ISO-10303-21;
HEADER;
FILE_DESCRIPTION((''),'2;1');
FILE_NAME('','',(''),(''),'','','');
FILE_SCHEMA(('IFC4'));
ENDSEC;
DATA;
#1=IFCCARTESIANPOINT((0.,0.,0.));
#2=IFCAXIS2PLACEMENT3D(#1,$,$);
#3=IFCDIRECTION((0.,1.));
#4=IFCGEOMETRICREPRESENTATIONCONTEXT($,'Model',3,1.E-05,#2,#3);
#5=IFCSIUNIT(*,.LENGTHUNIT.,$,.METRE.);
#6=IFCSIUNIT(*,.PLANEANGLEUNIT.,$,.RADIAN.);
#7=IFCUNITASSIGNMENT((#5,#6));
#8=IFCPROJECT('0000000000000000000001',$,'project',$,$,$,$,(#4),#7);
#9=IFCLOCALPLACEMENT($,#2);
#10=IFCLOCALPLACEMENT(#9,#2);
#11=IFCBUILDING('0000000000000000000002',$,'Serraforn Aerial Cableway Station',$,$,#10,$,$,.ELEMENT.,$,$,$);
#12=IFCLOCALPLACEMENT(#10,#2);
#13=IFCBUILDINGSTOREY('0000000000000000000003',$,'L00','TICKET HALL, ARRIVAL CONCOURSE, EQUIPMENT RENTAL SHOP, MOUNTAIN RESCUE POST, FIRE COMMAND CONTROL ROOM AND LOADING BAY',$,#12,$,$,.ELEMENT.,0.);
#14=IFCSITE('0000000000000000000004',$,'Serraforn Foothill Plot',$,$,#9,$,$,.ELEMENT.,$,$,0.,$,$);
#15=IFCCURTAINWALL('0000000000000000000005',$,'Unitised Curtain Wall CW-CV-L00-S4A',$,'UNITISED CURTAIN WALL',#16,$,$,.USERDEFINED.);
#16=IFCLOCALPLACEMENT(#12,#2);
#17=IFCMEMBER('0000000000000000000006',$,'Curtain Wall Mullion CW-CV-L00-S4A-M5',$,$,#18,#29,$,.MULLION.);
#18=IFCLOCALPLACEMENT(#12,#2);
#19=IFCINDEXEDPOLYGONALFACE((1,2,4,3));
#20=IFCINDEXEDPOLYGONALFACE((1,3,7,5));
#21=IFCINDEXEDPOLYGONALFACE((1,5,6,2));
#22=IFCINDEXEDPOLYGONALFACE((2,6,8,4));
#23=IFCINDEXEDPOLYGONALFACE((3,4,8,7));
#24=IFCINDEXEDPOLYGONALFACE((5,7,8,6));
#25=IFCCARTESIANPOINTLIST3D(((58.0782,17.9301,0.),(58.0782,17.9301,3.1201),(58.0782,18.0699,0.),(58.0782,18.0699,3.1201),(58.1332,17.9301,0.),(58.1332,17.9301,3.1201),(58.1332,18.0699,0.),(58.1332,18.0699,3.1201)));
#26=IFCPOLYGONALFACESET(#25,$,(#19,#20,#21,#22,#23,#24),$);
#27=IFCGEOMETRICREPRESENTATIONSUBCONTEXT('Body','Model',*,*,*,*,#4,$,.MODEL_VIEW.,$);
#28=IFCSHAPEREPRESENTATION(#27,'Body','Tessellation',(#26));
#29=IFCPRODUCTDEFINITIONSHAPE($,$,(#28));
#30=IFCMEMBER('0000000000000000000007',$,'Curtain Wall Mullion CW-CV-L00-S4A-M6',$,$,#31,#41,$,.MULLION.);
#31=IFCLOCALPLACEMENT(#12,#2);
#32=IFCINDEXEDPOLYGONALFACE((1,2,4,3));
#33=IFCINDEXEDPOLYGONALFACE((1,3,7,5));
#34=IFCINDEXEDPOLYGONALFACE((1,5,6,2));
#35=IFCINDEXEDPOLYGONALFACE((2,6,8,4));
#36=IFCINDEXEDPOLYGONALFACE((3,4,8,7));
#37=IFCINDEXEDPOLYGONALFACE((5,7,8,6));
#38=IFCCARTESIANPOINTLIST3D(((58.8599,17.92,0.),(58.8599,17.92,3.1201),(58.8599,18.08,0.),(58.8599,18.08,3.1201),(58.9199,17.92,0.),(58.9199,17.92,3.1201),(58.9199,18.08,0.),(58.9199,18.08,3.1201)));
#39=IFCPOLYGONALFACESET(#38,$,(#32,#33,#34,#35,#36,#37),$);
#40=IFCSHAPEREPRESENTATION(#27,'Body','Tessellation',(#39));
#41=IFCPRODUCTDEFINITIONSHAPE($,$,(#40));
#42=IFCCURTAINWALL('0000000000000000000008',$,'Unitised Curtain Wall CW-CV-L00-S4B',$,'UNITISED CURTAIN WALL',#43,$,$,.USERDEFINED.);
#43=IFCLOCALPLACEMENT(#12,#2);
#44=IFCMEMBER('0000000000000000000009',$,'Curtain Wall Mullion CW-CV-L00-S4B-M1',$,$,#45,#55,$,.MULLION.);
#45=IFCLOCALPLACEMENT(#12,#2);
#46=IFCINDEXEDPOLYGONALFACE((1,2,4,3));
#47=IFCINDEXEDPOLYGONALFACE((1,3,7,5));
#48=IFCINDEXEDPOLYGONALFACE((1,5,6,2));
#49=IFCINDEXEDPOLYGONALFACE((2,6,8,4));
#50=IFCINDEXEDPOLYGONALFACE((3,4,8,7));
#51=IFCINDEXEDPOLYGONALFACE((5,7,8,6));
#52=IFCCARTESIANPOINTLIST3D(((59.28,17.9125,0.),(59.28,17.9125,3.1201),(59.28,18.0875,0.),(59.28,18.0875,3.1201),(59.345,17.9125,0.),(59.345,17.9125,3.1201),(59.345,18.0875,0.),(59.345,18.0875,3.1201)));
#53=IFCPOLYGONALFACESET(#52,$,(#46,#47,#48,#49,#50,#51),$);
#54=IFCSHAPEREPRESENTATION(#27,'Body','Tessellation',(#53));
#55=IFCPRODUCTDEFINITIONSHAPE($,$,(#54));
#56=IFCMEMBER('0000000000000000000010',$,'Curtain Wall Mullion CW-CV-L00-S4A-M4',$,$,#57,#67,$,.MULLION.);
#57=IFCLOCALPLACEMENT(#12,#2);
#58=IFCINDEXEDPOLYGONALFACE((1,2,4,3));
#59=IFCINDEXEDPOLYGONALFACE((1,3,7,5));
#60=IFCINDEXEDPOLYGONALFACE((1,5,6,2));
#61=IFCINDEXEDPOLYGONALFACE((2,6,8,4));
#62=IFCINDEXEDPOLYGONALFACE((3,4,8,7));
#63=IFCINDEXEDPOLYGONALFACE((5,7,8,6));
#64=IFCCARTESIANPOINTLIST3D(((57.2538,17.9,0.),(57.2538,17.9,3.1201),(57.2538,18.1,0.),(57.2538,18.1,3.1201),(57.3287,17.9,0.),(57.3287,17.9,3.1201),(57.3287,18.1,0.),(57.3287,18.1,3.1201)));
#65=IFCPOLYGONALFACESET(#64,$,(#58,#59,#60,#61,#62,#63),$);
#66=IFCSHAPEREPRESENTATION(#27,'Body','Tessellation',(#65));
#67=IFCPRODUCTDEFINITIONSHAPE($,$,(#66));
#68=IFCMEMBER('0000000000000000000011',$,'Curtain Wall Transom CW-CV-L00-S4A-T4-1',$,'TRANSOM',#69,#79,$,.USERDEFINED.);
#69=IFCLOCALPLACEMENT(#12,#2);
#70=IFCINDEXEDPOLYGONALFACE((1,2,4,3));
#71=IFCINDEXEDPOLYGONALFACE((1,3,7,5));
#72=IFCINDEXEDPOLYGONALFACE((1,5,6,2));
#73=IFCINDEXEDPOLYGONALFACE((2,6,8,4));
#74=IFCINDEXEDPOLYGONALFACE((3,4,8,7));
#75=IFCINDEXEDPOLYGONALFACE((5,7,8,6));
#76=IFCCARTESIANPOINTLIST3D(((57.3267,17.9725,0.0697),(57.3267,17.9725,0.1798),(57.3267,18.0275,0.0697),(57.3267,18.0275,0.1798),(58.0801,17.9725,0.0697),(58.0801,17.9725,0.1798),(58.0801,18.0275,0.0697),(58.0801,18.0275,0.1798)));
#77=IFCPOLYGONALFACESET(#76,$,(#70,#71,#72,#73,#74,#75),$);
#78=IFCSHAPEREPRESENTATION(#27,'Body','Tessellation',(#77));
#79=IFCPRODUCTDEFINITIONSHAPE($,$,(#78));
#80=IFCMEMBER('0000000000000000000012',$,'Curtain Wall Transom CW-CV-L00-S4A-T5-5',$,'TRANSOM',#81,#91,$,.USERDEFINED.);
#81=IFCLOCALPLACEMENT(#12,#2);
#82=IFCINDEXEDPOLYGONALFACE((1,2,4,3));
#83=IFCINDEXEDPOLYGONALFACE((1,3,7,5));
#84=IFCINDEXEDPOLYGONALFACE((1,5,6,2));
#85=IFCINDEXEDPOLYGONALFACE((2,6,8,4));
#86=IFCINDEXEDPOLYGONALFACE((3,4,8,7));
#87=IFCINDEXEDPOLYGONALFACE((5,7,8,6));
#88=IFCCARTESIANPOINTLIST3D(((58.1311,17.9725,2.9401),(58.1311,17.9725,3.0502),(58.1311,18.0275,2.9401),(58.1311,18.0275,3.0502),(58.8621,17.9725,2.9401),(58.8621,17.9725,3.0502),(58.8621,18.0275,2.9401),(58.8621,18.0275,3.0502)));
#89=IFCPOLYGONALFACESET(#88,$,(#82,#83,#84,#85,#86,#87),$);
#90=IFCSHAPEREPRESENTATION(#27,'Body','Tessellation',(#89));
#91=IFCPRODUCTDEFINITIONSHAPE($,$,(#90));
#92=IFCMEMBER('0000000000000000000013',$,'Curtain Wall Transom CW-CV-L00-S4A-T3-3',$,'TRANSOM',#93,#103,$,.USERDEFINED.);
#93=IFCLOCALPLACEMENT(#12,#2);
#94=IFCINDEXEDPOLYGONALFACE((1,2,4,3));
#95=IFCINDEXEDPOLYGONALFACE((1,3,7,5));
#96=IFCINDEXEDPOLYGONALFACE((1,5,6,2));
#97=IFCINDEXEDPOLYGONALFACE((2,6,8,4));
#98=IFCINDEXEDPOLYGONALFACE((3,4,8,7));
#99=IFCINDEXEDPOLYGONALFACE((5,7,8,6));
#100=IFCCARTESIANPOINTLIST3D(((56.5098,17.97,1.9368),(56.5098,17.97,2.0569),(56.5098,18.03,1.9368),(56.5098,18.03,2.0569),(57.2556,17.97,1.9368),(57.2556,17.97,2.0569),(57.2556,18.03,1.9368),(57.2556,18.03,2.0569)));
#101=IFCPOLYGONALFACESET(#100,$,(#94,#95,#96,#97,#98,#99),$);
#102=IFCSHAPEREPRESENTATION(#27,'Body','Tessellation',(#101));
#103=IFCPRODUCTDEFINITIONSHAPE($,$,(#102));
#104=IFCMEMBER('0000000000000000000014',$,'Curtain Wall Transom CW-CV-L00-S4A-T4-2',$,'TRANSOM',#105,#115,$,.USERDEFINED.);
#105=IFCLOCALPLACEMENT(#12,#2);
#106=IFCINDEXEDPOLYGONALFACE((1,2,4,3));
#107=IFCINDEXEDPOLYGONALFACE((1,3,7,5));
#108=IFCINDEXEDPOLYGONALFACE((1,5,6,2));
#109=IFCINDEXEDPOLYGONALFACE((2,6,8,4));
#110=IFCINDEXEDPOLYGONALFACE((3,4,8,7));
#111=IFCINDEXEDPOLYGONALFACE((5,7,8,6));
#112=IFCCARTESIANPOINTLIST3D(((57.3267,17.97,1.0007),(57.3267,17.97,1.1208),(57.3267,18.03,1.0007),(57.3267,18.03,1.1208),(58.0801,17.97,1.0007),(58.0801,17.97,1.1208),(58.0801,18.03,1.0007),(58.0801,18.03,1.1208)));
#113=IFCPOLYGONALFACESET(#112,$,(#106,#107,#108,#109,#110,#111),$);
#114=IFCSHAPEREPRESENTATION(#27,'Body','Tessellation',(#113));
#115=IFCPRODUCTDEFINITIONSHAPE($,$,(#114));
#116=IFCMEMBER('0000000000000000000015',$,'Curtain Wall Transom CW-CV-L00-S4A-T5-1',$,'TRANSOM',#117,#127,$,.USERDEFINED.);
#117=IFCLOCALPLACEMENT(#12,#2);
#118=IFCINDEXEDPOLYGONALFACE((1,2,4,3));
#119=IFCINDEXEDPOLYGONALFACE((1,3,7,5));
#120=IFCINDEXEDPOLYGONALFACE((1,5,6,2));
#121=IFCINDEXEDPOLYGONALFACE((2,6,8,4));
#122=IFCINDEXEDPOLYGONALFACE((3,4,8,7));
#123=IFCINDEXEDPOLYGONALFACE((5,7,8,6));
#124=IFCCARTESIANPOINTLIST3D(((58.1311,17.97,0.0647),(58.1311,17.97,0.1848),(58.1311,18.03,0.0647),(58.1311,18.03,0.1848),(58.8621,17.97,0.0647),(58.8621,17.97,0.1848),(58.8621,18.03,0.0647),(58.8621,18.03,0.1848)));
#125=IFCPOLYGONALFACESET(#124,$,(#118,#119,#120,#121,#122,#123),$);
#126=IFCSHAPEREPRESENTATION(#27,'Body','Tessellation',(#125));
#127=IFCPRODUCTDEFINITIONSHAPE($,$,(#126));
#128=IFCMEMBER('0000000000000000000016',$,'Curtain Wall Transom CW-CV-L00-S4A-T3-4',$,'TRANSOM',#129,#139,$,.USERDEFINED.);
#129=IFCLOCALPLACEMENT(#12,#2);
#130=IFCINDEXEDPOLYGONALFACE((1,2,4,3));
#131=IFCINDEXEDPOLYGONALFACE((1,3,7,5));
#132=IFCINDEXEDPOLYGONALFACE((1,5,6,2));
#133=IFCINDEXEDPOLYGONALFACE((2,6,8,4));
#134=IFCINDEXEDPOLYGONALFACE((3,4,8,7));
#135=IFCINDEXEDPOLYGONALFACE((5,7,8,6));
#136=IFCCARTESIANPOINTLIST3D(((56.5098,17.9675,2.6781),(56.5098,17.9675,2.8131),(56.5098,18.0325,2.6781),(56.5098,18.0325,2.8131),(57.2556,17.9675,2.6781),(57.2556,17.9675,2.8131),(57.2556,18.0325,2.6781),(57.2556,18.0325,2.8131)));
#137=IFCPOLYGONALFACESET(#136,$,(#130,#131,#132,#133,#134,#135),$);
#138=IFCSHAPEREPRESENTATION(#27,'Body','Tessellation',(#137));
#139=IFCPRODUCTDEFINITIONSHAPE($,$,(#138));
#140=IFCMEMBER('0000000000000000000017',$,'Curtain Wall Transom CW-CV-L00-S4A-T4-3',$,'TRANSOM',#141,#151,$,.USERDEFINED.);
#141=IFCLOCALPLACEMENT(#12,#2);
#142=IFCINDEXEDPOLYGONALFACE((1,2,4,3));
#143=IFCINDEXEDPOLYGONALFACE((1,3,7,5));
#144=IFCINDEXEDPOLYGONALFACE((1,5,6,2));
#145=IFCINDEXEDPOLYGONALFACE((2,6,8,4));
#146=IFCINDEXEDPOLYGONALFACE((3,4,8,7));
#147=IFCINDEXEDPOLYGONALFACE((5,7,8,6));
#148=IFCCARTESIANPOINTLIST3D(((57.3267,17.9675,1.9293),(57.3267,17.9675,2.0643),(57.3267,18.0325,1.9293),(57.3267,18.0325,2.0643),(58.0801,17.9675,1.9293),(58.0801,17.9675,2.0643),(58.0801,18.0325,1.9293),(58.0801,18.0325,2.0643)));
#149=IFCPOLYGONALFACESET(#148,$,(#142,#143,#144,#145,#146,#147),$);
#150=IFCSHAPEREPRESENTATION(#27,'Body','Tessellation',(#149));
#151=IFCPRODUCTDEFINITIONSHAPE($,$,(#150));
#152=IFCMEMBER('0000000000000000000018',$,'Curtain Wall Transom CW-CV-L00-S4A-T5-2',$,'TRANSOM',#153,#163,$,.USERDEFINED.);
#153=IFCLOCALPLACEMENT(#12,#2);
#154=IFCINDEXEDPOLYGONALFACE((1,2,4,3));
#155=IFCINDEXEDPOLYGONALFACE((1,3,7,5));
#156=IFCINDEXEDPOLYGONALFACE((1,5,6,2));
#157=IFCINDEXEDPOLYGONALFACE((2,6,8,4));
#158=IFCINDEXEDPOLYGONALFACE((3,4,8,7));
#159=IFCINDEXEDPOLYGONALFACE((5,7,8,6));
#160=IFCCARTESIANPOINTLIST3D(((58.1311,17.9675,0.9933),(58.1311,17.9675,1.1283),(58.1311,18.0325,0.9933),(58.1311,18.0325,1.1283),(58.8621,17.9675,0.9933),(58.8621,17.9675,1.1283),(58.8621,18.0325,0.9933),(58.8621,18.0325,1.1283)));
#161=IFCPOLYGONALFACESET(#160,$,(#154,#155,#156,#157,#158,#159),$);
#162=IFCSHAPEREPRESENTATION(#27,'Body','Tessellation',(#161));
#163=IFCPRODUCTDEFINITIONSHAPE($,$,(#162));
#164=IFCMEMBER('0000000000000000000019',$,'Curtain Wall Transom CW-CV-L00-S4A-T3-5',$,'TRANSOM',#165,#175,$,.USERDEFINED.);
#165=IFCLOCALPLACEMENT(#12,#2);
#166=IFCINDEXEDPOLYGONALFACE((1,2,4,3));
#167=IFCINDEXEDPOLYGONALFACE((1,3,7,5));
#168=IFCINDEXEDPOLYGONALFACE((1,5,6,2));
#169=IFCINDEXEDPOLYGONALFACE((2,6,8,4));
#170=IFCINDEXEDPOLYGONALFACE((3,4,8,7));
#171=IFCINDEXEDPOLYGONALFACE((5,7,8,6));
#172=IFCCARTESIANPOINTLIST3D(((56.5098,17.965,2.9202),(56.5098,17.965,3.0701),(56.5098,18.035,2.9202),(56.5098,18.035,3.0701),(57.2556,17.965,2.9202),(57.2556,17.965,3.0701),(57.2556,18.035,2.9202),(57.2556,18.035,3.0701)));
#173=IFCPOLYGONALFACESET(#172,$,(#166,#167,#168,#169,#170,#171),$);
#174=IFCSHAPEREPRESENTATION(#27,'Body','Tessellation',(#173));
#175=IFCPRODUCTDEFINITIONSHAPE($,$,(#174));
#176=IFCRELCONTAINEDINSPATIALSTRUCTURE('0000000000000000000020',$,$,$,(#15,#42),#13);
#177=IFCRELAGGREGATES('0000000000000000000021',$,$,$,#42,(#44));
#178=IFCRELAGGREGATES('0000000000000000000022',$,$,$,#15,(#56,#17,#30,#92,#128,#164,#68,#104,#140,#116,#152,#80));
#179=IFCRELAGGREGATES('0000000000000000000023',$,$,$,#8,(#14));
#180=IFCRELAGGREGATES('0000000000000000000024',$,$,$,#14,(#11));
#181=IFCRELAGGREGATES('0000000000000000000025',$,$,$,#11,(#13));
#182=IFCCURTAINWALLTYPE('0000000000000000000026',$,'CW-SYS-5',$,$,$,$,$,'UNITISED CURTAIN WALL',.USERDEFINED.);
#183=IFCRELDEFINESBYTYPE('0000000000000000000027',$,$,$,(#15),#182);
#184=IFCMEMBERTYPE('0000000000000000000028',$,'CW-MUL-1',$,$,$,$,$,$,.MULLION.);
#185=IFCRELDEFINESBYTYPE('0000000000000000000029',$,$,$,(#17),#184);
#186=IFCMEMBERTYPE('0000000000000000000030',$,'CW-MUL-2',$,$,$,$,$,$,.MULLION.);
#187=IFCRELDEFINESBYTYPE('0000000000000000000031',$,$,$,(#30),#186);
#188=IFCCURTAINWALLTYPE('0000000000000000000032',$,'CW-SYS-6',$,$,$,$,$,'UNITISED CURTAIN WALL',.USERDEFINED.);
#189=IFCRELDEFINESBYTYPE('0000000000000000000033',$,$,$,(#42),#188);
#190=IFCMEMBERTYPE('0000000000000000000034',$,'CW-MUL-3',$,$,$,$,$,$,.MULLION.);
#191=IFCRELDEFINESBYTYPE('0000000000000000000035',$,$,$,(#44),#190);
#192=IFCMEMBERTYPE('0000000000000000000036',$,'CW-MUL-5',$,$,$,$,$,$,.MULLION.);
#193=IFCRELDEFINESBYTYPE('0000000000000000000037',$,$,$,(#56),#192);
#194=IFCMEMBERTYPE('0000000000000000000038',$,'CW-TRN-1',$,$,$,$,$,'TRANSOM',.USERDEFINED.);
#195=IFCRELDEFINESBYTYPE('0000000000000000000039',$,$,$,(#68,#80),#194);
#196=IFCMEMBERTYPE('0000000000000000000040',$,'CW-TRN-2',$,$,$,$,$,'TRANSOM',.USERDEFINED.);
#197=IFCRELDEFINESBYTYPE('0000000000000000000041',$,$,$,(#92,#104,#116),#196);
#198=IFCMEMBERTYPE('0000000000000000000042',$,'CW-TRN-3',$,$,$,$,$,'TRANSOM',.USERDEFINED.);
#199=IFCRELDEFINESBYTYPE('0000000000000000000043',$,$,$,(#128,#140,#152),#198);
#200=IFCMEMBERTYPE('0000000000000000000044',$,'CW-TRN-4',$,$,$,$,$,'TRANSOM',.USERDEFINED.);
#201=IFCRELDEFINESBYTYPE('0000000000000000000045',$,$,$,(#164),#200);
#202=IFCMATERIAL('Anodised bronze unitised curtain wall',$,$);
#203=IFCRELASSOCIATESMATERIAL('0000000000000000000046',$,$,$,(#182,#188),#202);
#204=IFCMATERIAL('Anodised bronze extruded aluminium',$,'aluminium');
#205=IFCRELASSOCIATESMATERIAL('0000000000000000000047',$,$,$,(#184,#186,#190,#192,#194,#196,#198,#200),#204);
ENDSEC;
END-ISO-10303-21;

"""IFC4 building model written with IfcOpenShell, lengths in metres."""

from ifc_helpers import new_model, si_unit, direction, frame, origin, origin_2d, place, context, subcontext, project, spatial, rectangle, extrude, material, material_profile, profile_set, type_object, element, aggregate, save


model = new_model("IFC4")

# Units and contexts
model_context = context("Model", 3, precision=1e-05, world=origin(), true_north=direction((0.0, 1.0)))
body_context = subcontext(model_context, "Body", "Model", "MODEL_VIEW")
ifc_project = project(units=[si_unit("LENGTHUNIT", "METRE"), si_unit("PLANEANGLEUNIT", "RADIAN")], contexts=[model_context])

# Site, building, storey
site_placement = place(None, origin())
site = spatial("IfcSite", under=ifc_project, at=site_placement, Name="Serraforn Foothill Plot", CompositionType="ELEMENT", RefElevation=0.0)
building_placement = place(site_placement, origin())
building = spatial("IfcBuilding", under=site, at=building_placement, Name="Serraforn Aerial Cableway Station", CompositionType="ELEMENT")
storey_placement = place(building_placement, origin())
storey = spatial("IfcBuildingStorey", under=building, at=storey_placement, Name="L00", Description="TICKET HALL, ARRIVAL CONCOURSE, EQUIPMENT RENTAL SHOP, MOUNTAIN RESCUE POST, FIRE COMMAND CONTROL ROOM AND LOADING BAY", CompositionType="ELEMENT", Elevation=0.0)

# Curtain wall, members
ifc_material_1 = material(Name="Anodised bronze unitised curtain wall")
curtain_wall_type_1 = type_object("IfcCurtainWallType", Name="CW-SYS-5", ElementType="UNITISED CURTAIN WALL", PredefinedType="USERDEFINED", material=ifc_material_1)
curtain_wall_1_placement = place(storey_placement, origin())
curtain_wall_1 = element("IfcCurtainWall", 1, at=curtain_wall_1_placement, inside=storey, type_object=curtain_wall_type_1, Name="Unitised Curtain Wall CW-CV-L00-S4A", ObjectType="UNITISED CURTAIN WALL", PredefinedType="USERDEFINED")
ifc_material_2 = material(Name="Anodised bronze extruded aluminium", Category="aluminium")
ifc_material_profile_1 = material_profile(ifc_material_2, rectangle(XDim=0.0549, YDim=0.1399, at=origin_2d()), Name="CW MULLION 55x140")
ifc_profile_set_1 = profile_set([ifc_material_profile_1], Name="Anodised bronze extruded aluminium")
member_type_1 = type_object("IfcMemberType", Name="CW-MUL-1", PredefinedType="MULLION", material=ifc_profile_set_1)
member_1_placement = place(storey_placement, frame((58.1057, 18.0, 0.0), z_axis=(0.0, 0.0, 1.0), x_axis=(1.0, 0.0, 0.0)))
member_1 = element("IfcMember", 2, at=member_1_placement, type_object=member_type_1, Name="Curtain Wall Mullion CW-CV-L00-S4A-M5", PredefinedType="MULLION", context=body_context, shape_type="SweptSolid", body=[
    extrude(rectangle(XDim=0.0549, YDim=0.1399, at=origin_2d()), origin(), (0.0, 0.0, 1.0), 3.1201),
])
ifc_material_profile_2 = material_profile(ifc_material_2, rectangle(XDim=0.0601, YDim=0.1599, at=origin_2d()), Name="CW MULLION 60x160")
ifc_profile_set_2 = profile_set([ifc_material_profile_2], Name="Anodised bronze extruded aluminium")
member_type_2 = type_object("IfcMemberType", Name="CW-MUL-2", PredefinedType="MULLION", material=ifc_profile_set_2)
member_2_placement = place(storey_placement, frame((58.8899, 18.0, 0.0), z_axis=(0.0, 0.0, 1.0), x_axis=(1.0, 0.0, 0.0)))
member_2 = element("IfcMember", 3, at=member_2_placement, type_object=member_type_2, Name="Curtain Wall Mullion CW-CV-L00-S4A-M6", PredefinedType="MULLION", context=body_context, shape_type="SweptSolid", body=[
    extrude(rectangle(XDim=0.0601, YDim=0.1599, at=origin_2d()), origin(), (0.0, 0.0, 1.0), 3.1201),
])

# Curtain wall, member
curtain_wall_type_2 = type_object("IfcCurtainWallType", Name="CW-SYS-6", ElementType="UNITISED CURTAIN WALL", PredefinedType="USERDEFINED", material=ifc_material_1)
curtain_wall_2_placement = place(storey_placement, origin())
curtain_wall_2 = element("IfcCurtainWall", 4, at=curtain_wall_2_placement, inside=storey, type_object=curtain_wall_type_2, Name="Unitised Curtain Wall CW-CV-L00-S4B", ObjectType="UNITISED CURTAIN WALL", PredefinedType="USERDEFINED")
ifc_material_profile_3 = material_profile(ifc_material_2, rectangle(XDim=0.0649, YDim=0.175, at=origin_2d()), Name="CW MULLION 65x175")
ifc_profile_set_3 = profile_set([ifc_material_profile_3], Name="Anodised bronze extruded aluminium")
member_type_3 = type_object("IfcMemberType", Name="CW-MUL-3", PredefinedType="MULLION", material=ifc_profile_set_3)
member_3_placement = place(storey_placement, frame((59.3125, 18.0, 0.0), z_axis=(0.0, 0.0, 1.0), x_axis=(1.0, 0.0, 0.0)))
member_3 = element("IfcMember", 5, at=member_3_placement, type_object=member_type_3, Name="Curtain Wall Mullion CW-CV-L00-S4B-M1", PredefinedType="MULLION", context=body_context, shape_type="SweptSolid", body=[
    extrude(rectangle(XDim=0.0649, YDim=0.175, at=origin_2d()), origin(), (0.0, 0.0, 1.0), 3.1201),
])

# Members
ifc_material_profile_4 = material_profile(ifc_material_2, rectangle(XDim=0.075, YDim=0.2, at=origin_2d()), Name="CW MULLION 75x200")
ifc_profile_set_4 = profile_set([ifc_material_profile_4], Name="Anodised bronze extruded aluminium")
member_type_4 = type_object("IfcMemberType", Name="CW-MUL-5", PredefinedType="MULLION", material=ifc_profile_set_4)
member_4_placement = place(storey_placement, frame((57.2913, 18.0, 0.0), z_axis=(0.0, 0.0, 1.0), x_axis=(1.0, 0.0, 0.0)))
member_4 = element("IfcMember", 6, at=member_4_placement, type_object=member_type_4, Name="Curtain Wall Mullion CW-CV-L00-S4A-M4", PredefinedType="MULLION", context=body_context, shape_type="SweptSolid", body=[
    extrude(rectangle(XDim=0.075, YDim=0.2, at=origin_2d()), origin(), (0.0, 0.0, 1.0), 3.1201),
])
ifc_material_profile_5 = material_profile(ifc_material_2, rectangle(XDim=0.0549, YDim=0.1101, at=origin_2d()), Name="CW TRANSOM 55x110")
ifc_profile_set_5 = profile_set([ifc_material_profile_5], Name="Anodised bronze extruded aluminium")
member_type_5 = type_object("IfcMemberType", Name="CW-TRN-1", ElementType="TRANSOM", PredefinedType="USERDEFINED", material=ifc_profile_set_5)
member_5_placement = place(storey_placement, frame((57.3267, 18.0, 0.1248), z_axis=(1.0, 0.0, 0.0), x_axis=(0.0, 1.0, 0.0)))
member_5 = element("IfcMember", 7, at=member_5_placement, type_object=member_type_5, Name="Curtain Wall Transom CW-CV-L00-S4A-T4-1", ObjectType="TRANSOM", PredefinedType="USERDEFINED", context=body_context, shape_type="SweptSolid", body=[
    extrude(rectangle(XDim=0.0549, YDim=0.1101, at=origin_2d()), origin(), (0.0, 0.0, 1.0), 0.7534),
])
member_6_placement = place(storey_placement, frame((58.1311, 18.0, 2.9951), z_axis=(1.0, 0.0, 0.0), x_axis=(0.0, 1.0, 0.0)))
member_6 = element("IfcMember", 8, at=member_6_placement, type_object=member_type_5, Name="Curtain Wall Transom CW-CV-L00-S4A-T5-5", ObjectType="TRANSOM", PredefinedType="USERDEFINED", context=body_context, shape_type="SweptSolid", body=[
    extrude(rectangle(XDim=0.0549, YDim=0.1101, at=origin_2d()), origin(), (0.0, 0.0, 1.0), 0.731),
])
ifc_material_profile_6 = material_profile(ifc_material_2, rectangle(XDim=0.0601, YDim=0.1201, at=origin_2d()), Name="CW TRANSOM 60x120")
ifc_profile_set_6 = profile_set([ifc_material_profile_6], Name="Anodised bronze extruded aluminium")
member_type_6 = type_object("IfcMemberType", Name="CW-TRN-2", ElementType="TRANSOM", PredefinedType="USERDEFINED", material=ifc_profile_set_6)
member_7_placement = place(storey_placement, frame((56.5098, 18.0, 1.9968), z_axis=(1.0, 0.0, 0.0), x_axis=(0.0, 1.0, 0.0)))
member_7 = element("IfcMember", 9, at=member_7_placement, type_object=member_type_6, Name="Curtain Wall Transom CW-CV-L00-S4A-T3-3", ObjectType="TRANSOM", PredefinedType="USERDEFINED", context=body_context, shape_type="SweptSolid", body=[
    extrude(rectangle(XDim=0.0601, YDim=0.1201, at=origin_2d()), origin(), (0.0, 0.0, 1.0), 0.7458),
])
member_8_placement = place(storey_placement, frame((57.3267, 18.0, 1.0608), z_axis=(1.0, 0.0, 0.0), x_axis=(0.0, 1.0, 0.0)))
member_8 = element("IfcMember", 10, at=member_8_placement, type_object=member_type_6, Name="Curtain Wall Transom CW-CV-L00-S4A-T4-2", ObjectType="TRANSOM", PredefinedType="USERDEFINED", context=body_context, shape_type="SweptSolid", body=[
    extrude(rectangle(XDim=0.0601, YDim=0.1201, at=origin_2d()), origin(), (0.0, 0.0, 1.0), 0.7534),
])
member_9_placement = place(storey_placement, frame((58.1311, 18.0, 0.1248), z_axis=(1.0, 0.0, 0.0), x_axis=(0.0, 1.0, 0.0)))
member_9 = element("IfcMember", 11, at=member_9_placement, type_object=member_type_6, Name="Curtain Wall Transom CW-CV-L00-S4A-T5-1", ObjectType="TRANSOM", PredefinedType="USERDEFINED", context=body_context, shape_type="SweptSolid", body=[
    extrude(rectangle(XDim=0.0601, YDim=0.1201, at=origin_2d()), origin(), (0.0, 0.0, 1.0), 0.731),
])
ifc_material_profile_7 = material_profile(ifc_material_2, rectangle(XDim=0.0649, YDim=0.135, at=origin_2d()), Name="CW TRANSOM 65x135")
ifc_profile_set_7 = profile_set([ifc_material_profile_7], Name="Anodised bronze extruded aluminium")
member_type_7 = type_object("IfcMemberType", Name="CW-TRN-3", ElementType="TRANSOM", PredefinedType="USERDEFINED", material=ifc_profile_set_7)
member_10_placement = place(storey_placement, frame((56.5098, 18.0, 2.7456), z_axis=(1.0, 0.0, 0.0), x_axis=(0.0, 1.0, 0.0)))
member_10 = element("IfcMember", 12, at=member_10_placement, type_object=member_type_7, Name="Curtain Wall Transom CW-CV-L00-S4A-T3-4", ObjectType="TRANSOM", PredefinedType="USERDEFINED", context=body_context, shape_type="SweptSolid", body=[
    extrude(rectangle(XDim=0.0649, YDim=0.135, at=origin_2d()), origin(), (0.0, 0.0, 1.0), 0.7458),
])
member_11_placement = place(storey_placement, frame((57.3267, 18.0, 1.9968), z_axis=(1.0, 0.0, 0.0), x_axis=(0.0, 1.0, 0.0)))
member_11 = element("IfcMember", 13, at=member_11_placement, type_object=member_type_7, Name="Curtain Wall Transom CW-CV-L00-S4A-T4-3", ObjectType="TRANSOM", PredefinedType="USERDEFINED", context=body_context, shape_type="SweptSolid", body=[
    extrude(rectangle(XDim=0.0649, YDim=0.135, at=origin_2d()), origin(), (0.0, 0.0, 1.0), 0.7534),
])
member_12_placement = place(storey_placement, frame((58.1311, 18.0, 1.0608), z_axis=(1.0, 0.0, 0.0), x_axis=(0.0, 1.0, 0.0)))
member_12 = element("IfcMember", 14, at=member_12_placement, type_object=member_type_7, Name="Curtain Wall Transom CW-CV-L00-S4A-T5-2", ObjectType="TRANSOM", PredefinedType="USERDEFINED", context=body_context, shape_type="SweptSolid", body=[
    extrude(rectangle(XDim=0.0649, YDim=0.135, at=origin_2d()), origin(), (0.0, 0.0, 1.0), 0.731),
])
ifc_material_profile_8 = material_profile(ifc_material_2, rectangle(XDim=0.0701, YDim=0.1499, at=origin_2d()), Name="CW TRANSOM 70x150")
ifc_profile_set_8 = profile_set([ifc_material_profile_8], Name="Anodised bronze extruded aluminium")
member_type_8 = type_object("IfcMemberType", Name="CW-TRN-4", ElementType="TRANSOM", PredefinedType="USERDEFINED", material=ifc_profile_set_8)
member_13_placement = place(storey_placement, frame((56.5098, 18.0, 2.9951), z_axis=(1.0, 0.0, 0.0), x_axis=(0.0, 1.0, 0.0)))
member_13 = element("IfcMember", 15, at=member_13_placement, type_object=member_type_8, Name="Curtain Wall Transom CW-CV-L00-S4A-T3-5", ObjectType="TRANSOM", PredefinedType="USERDEFINED", context=body_context, shape_type="SweptSolid", body=[
    extrude(rectangle(XDim=0.0701, YDim=0.1499, at=origin_2d()), origin(), (0.0, 0.0, 1.0), 0.7458),
])
aggregate(curtain_wall_2, [member_3])

aggregate(curtain_wall_1, [member_4, member_1, member_2, member_7, member_10, member_13, member_5, member_8, member_11, member_9, member_12, member_6])

save(model, "model.ifc")
